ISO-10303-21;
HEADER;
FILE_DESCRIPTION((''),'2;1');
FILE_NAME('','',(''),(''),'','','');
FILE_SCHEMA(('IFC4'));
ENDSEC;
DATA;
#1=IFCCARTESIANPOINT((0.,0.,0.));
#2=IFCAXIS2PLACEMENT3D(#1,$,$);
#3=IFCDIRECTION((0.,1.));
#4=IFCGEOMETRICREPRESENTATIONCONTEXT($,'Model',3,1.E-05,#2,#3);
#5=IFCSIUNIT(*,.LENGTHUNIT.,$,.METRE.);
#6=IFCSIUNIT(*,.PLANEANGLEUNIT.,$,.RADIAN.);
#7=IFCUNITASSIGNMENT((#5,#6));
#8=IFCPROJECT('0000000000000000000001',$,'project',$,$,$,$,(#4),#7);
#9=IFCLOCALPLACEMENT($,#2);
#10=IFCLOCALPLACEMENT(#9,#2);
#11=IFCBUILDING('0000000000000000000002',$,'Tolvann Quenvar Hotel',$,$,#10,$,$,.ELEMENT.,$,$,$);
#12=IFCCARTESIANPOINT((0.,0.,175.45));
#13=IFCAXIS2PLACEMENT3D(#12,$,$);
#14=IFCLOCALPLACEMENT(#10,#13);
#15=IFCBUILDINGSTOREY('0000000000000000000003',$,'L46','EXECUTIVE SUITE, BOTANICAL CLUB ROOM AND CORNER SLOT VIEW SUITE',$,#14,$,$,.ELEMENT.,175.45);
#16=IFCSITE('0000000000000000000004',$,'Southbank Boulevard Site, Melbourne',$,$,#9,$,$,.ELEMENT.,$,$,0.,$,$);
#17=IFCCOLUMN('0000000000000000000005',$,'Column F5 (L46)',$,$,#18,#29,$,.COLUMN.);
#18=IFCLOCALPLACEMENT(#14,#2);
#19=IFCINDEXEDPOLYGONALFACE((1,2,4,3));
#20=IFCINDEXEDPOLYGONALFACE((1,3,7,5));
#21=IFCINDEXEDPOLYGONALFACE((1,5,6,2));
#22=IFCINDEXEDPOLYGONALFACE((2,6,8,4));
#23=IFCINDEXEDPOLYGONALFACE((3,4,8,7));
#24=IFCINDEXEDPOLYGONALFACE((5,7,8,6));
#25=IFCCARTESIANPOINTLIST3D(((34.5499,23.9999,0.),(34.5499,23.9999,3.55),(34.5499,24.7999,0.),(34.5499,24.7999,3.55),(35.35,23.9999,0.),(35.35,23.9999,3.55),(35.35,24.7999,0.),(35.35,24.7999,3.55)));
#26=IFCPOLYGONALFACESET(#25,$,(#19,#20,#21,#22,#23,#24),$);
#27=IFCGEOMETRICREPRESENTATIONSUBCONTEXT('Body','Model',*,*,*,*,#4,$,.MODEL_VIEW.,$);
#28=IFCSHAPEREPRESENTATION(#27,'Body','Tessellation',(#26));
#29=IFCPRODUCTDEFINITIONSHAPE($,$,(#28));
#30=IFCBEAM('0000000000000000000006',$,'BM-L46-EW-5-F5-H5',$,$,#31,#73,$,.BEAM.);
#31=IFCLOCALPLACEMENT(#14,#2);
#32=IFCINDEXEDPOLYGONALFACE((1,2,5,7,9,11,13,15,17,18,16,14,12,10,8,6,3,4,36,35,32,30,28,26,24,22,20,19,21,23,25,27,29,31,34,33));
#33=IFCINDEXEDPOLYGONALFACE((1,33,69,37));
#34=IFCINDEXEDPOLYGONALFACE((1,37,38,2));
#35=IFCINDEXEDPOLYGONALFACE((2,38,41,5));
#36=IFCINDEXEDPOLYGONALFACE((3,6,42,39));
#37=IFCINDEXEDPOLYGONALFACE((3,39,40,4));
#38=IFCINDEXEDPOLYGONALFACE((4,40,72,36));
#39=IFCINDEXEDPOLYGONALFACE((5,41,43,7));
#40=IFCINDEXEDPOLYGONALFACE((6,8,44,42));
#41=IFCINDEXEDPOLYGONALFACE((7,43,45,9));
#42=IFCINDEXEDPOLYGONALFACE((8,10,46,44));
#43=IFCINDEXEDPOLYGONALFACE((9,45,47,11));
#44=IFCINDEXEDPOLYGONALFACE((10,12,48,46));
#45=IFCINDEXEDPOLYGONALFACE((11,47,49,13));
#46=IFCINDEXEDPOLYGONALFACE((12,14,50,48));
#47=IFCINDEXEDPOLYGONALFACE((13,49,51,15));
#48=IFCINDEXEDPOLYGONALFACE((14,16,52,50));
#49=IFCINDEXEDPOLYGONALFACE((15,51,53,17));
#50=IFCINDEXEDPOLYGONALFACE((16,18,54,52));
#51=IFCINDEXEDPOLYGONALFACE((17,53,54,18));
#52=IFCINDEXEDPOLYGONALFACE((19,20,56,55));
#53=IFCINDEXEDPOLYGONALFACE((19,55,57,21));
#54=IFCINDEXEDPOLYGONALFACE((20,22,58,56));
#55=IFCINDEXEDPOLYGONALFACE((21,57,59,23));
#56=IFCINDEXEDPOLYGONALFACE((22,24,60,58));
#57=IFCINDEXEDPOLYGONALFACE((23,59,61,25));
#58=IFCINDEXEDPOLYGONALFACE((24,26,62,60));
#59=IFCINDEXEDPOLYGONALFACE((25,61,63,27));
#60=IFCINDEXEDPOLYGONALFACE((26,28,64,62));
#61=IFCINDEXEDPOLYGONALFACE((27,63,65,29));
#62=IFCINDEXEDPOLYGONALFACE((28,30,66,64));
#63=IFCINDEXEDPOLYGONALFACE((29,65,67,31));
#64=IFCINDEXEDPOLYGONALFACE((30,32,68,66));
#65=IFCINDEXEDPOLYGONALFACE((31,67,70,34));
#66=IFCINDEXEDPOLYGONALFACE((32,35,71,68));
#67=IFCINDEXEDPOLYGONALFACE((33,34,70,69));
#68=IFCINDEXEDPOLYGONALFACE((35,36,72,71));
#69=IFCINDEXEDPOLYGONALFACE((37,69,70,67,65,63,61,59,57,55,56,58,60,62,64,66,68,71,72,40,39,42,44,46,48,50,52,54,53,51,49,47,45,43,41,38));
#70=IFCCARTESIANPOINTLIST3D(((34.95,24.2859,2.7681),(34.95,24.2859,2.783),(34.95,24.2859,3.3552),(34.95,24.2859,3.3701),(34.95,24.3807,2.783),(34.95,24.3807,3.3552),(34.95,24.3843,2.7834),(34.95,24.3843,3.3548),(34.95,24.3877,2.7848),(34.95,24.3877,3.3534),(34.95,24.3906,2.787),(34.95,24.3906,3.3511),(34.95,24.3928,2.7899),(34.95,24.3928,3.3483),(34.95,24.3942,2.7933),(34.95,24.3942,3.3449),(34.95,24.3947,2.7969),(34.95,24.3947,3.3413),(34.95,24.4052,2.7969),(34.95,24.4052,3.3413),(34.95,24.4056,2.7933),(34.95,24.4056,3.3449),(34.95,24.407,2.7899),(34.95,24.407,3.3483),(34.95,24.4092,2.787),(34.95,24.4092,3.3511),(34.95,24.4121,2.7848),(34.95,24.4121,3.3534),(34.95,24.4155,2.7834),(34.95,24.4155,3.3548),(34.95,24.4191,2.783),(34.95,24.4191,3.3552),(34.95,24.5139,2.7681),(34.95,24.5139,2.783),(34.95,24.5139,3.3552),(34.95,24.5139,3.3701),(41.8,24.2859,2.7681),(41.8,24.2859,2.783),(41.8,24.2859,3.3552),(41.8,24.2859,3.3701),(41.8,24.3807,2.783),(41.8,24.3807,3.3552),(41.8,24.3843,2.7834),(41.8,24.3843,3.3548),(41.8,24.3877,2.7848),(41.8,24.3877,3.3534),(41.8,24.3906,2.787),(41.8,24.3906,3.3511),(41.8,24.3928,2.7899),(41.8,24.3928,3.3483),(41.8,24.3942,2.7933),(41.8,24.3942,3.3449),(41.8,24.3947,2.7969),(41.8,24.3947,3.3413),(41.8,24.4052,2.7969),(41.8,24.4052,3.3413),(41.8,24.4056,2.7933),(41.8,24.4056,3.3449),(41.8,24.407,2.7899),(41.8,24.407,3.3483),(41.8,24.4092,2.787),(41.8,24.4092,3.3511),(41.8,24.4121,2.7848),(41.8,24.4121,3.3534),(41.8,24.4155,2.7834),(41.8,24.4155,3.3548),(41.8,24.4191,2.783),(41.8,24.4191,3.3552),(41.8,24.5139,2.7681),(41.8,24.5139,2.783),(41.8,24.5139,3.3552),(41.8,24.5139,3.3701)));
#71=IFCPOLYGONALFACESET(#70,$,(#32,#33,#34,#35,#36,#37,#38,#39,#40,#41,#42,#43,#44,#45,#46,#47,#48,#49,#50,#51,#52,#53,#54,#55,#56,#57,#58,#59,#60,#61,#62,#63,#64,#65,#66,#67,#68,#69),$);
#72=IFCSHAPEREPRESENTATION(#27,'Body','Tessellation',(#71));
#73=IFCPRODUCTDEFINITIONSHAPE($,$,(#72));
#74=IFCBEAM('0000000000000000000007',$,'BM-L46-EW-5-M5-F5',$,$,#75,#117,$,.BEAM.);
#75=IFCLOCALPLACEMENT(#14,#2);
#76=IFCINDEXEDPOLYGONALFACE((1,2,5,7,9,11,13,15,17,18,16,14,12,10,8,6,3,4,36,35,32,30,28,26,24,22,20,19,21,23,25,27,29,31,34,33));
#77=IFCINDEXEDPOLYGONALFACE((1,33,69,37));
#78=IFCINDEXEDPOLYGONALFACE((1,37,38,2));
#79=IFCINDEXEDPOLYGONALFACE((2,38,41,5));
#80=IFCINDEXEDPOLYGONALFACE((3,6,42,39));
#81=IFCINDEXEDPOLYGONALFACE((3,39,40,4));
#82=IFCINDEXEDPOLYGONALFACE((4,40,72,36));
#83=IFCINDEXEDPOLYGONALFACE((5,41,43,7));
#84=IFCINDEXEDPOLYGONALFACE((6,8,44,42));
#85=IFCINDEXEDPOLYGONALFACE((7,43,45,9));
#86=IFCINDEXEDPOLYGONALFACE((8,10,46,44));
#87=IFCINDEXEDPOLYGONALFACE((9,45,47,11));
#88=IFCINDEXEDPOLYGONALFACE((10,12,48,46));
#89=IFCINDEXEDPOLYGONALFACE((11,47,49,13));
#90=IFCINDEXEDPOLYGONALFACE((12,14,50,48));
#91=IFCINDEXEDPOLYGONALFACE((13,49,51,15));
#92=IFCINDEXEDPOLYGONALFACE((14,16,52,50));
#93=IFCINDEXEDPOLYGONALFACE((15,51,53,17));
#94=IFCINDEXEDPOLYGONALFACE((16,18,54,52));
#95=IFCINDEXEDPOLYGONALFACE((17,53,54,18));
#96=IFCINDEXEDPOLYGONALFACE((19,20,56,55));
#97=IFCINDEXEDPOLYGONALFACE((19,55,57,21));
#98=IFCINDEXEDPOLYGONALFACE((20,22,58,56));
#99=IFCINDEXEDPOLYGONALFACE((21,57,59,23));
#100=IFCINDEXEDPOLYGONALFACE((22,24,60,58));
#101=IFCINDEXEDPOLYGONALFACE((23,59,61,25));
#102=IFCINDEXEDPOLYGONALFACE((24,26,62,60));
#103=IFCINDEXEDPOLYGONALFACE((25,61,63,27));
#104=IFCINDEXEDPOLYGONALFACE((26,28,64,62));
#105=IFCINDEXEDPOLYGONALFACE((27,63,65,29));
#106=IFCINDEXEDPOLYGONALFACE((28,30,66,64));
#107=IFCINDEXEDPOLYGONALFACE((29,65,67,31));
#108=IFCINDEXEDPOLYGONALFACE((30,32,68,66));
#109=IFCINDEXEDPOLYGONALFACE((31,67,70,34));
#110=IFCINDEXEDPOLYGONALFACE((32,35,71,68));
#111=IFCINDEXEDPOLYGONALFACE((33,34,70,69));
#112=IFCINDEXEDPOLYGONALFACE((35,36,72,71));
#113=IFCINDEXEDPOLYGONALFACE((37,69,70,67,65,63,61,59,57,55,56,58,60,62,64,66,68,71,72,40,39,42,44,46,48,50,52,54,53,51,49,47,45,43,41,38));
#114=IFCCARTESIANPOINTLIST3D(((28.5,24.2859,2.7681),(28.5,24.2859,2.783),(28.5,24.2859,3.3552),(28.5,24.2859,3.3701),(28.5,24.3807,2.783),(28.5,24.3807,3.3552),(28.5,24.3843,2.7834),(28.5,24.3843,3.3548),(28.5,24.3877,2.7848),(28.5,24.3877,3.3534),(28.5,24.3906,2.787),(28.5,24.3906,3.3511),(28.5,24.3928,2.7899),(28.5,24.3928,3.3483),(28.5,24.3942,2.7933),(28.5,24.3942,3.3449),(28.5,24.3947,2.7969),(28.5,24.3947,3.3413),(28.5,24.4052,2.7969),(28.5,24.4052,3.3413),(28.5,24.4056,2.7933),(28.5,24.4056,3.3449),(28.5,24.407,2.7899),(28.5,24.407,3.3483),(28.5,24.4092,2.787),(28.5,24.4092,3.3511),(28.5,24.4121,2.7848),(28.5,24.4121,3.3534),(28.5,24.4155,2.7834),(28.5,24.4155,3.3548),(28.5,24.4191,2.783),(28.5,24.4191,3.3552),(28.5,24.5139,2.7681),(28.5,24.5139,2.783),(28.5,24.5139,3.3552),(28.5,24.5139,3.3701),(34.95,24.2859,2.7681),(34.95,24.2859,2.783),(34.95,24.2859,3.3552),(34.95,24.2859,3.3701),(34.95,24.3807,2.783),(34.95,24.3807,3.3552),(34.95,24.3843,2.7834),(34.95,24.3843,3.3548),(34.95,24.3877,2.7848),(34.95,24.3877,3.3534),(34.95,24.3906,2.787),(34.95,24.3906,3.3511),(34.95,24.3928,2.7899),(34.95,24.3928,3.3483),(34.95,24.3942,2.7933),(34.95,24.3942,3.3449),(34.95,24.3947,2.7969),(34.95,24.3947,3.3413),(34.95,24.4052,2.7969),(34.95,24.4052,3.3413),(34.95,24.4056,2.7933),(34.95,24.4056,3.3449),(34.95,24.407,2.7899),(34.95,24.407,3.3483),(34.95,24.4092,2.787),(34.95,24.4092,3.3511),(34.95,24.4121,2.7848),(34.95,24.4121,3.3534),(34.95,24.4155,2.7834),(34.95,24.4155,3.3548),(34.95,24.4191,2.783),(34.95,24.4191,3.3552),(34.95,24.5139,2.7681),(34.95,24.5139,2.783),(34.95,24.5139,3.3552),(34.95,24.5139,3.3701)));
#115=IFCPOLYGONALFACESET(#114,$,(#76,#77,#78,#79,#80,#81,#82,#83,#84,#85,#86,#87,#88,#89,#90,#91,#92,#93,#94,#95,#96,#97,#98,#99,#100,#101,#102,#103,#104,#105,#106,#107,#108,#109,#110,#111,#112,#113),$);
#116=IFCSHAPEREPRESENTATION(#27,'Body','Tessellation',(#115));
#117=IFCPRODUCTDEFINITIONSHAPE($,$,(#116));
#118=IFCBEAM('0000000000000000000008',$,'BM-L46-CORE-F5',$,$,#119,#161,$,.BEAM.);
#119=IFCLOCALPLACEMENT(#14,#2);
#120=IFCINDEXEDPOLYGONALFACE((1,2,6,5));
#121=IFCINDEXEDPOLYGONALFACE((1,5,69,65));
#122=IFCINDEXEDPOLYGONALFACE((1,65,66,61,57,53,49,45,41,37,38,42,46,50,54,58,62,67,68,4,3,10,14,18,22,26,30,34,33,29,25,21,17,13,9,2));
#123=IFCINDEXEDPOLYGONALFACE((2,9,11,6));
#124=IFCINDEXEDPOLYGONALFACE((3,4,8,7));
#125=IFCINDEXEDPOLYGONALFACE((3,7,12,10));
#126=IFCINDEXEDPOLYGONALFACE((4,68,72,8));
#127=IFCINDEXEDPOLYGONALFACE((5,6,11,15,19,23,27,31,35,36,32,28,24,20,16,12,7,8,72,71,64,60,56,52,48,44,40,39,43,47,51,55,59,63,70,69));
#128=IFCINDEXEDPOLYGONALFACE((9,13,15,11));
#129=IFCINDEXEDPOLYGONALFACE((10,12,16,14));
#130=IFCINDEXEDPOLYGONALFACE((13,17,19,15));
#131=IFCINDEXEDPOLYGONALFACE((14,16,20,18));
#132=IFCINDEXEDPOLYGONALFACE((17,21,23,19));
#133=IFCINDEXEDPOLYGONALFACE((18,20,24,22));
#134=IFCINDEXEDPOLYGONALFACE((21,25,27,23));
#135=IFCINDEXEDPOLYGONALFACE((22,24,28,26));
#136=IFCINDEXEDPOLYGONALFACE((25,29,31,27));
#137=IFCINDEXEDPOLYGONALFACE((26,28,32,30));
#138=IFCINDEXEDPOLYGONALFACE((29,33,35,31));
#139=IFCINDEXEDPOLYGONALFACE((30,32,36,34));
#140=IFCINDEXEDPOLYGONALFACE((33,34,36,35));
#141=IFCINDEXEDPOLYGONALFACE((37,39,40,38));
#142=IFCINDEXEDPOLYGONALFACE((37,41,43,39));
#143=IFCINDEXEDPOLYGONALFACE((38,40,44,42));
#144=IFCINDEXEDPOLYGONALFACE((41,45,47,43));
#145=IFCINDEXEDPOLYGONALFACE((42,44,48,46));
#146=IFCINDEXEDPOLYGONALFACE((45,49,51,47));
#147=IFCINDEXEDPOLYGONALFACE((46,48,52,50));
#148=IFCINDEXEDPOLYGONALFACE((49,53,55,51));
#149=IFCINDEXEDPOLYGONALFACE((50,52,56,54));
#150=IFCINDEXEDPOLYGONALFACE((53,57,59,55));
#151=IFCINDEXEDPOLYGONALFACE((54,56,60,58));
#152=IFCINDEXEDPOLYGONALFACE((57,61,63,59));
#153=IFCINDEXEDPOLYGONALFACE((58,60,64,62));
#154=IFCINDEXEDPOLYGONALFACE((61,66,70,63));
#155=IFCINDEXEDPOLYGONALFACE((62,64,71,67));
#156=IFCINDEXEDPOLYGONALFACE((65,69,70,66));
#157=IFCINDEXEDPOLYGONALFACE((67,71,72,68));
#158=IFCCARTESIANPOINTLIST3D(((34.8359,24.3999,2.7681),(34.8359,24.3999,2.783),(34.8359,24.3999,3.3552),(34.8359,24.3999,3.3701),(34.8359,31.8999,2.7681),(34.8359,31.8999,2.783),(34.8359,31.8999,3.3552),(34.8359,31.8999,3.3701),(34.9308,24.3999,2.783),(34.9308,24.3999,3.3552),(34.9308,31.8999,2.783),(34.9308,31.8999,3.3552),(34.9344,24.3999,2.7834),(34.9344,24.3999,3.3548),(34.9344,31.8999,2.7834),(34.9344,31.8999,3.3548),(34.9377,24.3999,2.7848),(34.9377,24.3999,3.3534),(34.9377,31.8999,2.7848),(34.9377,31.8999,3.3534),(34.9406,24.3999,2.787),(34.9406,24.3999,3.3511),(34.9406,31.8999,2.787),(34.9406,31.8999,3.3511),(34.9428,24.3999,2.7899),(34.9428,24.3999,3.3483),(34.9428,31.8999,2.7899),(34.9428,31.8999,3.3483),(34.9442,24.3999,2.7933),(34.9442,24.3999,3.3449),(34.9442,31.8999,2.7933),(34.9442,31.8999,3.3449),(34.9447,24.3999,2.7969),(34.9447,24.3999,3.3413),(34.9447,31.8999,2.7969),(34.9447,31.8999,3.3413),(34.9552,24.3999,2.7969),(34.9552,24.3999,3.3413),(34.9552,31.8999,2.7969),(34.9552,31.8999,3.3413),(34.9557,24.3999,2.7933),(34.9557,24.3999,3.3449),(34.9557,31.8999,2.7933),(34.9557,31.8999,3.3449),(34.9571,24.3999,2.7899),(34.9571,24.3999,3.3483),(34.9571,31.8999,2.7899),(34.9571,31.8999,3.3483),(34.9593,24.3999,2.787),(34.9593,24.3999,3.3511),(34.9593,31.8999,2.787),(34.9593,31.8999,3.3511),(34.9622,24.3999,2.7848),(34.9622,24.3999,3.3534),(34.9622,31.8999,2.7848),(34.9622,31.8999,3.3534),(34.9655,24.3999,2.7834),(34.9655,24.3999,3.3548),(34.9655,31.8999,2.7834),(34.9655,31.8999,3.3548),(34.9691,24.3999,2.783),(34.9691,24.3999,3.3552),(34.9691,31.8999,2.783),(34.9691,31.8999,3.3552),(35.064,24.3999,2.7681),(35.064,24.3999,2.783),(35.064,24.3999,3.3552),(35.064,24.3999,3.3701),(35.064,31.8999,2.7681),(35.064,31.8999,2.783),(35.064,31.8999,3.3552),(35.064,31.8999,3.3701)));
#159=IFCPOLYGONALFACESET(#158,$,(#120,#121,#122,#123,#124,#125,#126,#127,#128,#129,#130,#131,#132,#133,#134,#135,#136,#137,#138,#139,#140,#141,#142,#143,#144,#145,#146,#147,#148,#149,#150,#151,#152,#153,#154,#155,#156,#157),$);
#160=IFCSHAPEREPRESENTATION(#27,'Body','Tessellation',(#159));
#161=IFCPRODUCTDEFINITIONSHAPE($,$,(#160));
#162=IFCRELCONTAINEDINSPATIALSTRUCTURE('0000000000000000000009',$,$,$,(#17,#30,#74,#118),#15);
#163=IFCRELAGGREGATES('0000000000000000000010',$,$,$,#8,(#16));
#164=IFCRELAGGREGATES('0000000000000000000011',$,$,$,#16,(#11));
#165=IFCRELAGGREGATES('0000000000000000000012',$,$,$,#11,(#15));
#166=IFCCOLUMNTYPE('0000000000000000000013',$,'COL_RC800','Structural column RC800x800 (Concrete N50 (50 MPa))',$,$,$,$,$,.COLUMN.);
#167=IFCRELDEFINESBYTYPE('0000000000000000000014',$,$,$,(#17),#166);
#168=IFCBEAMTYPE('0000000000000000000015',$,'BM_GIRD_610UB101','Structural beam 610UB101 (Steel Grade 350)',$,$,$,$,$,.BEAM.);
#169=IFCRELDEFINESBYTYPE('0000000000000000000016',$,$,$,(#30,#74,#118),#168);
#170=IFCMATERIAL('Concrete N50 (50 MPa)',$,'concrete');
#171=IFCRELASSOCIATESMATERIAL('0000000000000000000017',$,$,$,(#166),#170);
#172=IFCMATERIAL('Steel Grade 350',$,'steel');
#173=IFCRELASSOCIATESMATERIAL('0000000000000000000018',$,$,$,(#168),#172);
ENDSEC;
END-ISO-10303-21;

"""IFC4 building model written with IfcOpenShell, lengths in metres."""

from ifc_helpers import new_model, si_unit, direction, frame, origin, origin_2d, place, context, subcontext, project, spatial, rectangle, i_section, extrude, source, transform, mapped, material, material_profile, profile_set, type_object, type_shapes, element, save


model = new_model("IFC4")

# Units and contexts
model_context = context("Model", 3, precision=1e-05, world=origin(), true_north=direction((0.0, 1.0)))
body_context = subcontext(model_context, "Body", "Model", "MODEL_VIEW")
ifc_project = project(units=[si_unit("LENGTHUNIT", "METRE"), si_unit("PLANEANGLEUNIT", "RADIAN")], contexts=[model_context])

# Site, building, storey
site_placement = place(None, origin())
site = spatial("IfcSite", under=ifc_project, at=site_placement, Name="Southbank Boulevard Site, Melbourne", CompositionType="ELEMENT", RefElevation=0.0)
building_placement = place(site_placement, origin())
building = spatial("IfcBuilding", under=site, at=building_placement, Name="Tolvann Quenvar Hotel", CompositionType="ELEMENT")
storey_placement = place(building_placement, frame((0.0, 0.0, 175.45)))
storey = spatial("IfcBuildingStorey", under=building, at=storey_placement, Name="L46", Description="EXECUTIVE SUITE, BOTANICAL CLUB ROOM AND CORNER SLOT VIEW SUITE", CompositionType="ELEMENT", Elevation=175.45)

# Column
ifc_material_1 = material(Name="Concrete N50 (50 MPa)", Category="concrete")
ifc_material_profile_1 = material_profile(ifc_material_1, rectangle(XDim=0.8, YDim=0.8, at=origin_2d()), Name="RC800x800")
ifc_profile_set_1 = profile_set([ifc_material_profile_1], Name="Concrete N50 (50 MPa)")
column_type = type_object("IfcColumnType", Name="COL_RC800", Description="Structural column RC800x800 (Concrete N50 (50 MPa))", PredefinedType="COLUMN", material=ifc_profile_set_1)
shared_shape_1 = source(origin(), body_context, "Body", "SweptSolid", [
    extrude(rectangle(XDim=0.8, YDim=0.8, at=origin_2d()), origin(), (0.0, 0.0, 1.0), 3.55),
])
type_shapes(column_type, [shared_shape_1])
column_placement = place(storey_placement, frame((34.95, 24.3999, 0.0), z_axis=(0.0, 0.0, 1.0), x_axis=(1.0, 0.0, 0.0)))
element("IfcColumn", 1, at=column_placement, inside=storey, type_object=column_type, Name="Column F5 (L46)", PredefinedType="COLUMN", context=body_context, shape_type="MappedRepresentation", body=[
    mapped(shared_shape_1, transform((0.0, 0.0, 0.0), x_axis=(1.0, 0.0, 0.0), y_axis=(0.0, 1.0, 0.0), z_axis=(0.0, 0.0, 1.0), scale=1.0)),
])

# Beams
ifc_material_2 = material(Name="Steel Grade 350", Category="steel")
ifc_material_profile_2 = material_profile(ifc_material_2, i_section(OverallWidth=0.228, OverallDepth=0.6021, WebThickness=0.0105, FlangeThickness=0.0149, FilletRadius=0.0139, at=origin_2d()), Name="610UB101")
ifc_profile_set_2 = profile_set([ifc_material_profile_2], Name="Steel Grade 350")
beam_type = type_object("IfcBeamType", Name="BM_GIRD_610UB101", Description="Structural beam 610UB101 (Steel Grade 350)", PredefinedType="BEAM", material=ifc_profile_set_2)
shared_shape_2 = source(origin(), body_context, "Body", "SweptSolid", [
    extrude(i_section(OverallWidth=0.228, OverallDepth=0.6021, WebThickness=0.0105, FlangeThickness=0.0149, FilletRadius=0.0139, at=origin_2d()), origin(), (0.0, 0.0, 1.0), 6.8501),
])
beam_1_placement = place(storey_placement, frame((34.95, 24.3999, 3.0691), z_axis=(1.0, 0.0, 0.0), x_axis=(0.0, 1.0, 0.0)))
element("IfcBeam", 2, at=beam_1_placement, inside=storey, type_object=beam_type, Name="BM-L46-EW-5-F5-H5", PredefinedType="BEAM", context=body_context, shape_type="MappedRepresentation", body=[
    mapped(shared_shape_2, transform((0.0, 0.0, 0.0), x_axis=(1.0, 0.0, 0.0), y_axis=(0.0, 1.0, 0.0), z_axis=(0.0, 0.0, 1.0), scale=1.0)),
])
shared_shape_3 = source(origin(), body_context, "Body", "SweptSolid", [
    extrude(i_section(OverallWidth=0.228, OverallDepth=0.6021, WebThickness=0.0105, FlangeThickness=0.0149, FilletRadius=0.0139, at=origin_2d()), origin(), (0.0, 0.0, 1.0), 6.45),
])
beam_2_placement = place(storey_placement, frame((28.5, 24.3999, 3.0691), z_axis=(1.0, 0.0, 0.0), x_axis=(0.0, 1.0, 0.0)))
element("IfcBeam", 3, at=beam_2_placement, inside=storey, type_object=beam_type, Name="BM-L46-EW-5-M5-F5", PredefinedType="BEAM", context=body_context, shape_type="MappedRepresentation", body=[
    mapped(shared_shape_3, transform((0.0, 0.0, 0.0), x_axis=(1.0, 0.0, 0.0), y_axis=(0.0, 1.0, 0.0), z_axis=(0.0, 0.0, 1.0), scale=1.0)),
])
shared_shape_4 = source(origin(), body_context, "Body", "SweptSolid", [
    extrude(i_section(OverallWidth=0.228, OverallDepth=0.6021, WebThickness=0.0105, FlangeThickness=0.0149, FilletRadius=0.0139, at=origin_2d()), origin(), (0.0, 0.0, 1.0), 7.5),
])
type_shapes(beam_type, [shared_shape_2, shared_shape_3, shared_shape_4])
for number, where, z_axis, x_axis, name in (
    (4, (34.95, 24.3999, 3.0691), (0.0, 1.0, 0.0), (-1.0, 0.0, 0.0), "BM-L46-CORE-F5"),
):
    element("IfcBeam", number, at=place(storey_placement, frame(where, z_axis=z_axis, x_axis=x_axis)), inside=storey, type_object=beam_type, Name=name, PredefinedType="BEAM", context=body_context, shape_type="MappedRepresentation", body=[
        mapped(shared_shape_4, transform((0.0, 0.0, 0.0), x_axis=(1.0, 0.0, 0.0), y_axis=(0.0, 1.0, 0.0), z_axis=(0.0, 0.0, 1.0), scale=1.0)),
    ])

save(model, "model.ifc")
